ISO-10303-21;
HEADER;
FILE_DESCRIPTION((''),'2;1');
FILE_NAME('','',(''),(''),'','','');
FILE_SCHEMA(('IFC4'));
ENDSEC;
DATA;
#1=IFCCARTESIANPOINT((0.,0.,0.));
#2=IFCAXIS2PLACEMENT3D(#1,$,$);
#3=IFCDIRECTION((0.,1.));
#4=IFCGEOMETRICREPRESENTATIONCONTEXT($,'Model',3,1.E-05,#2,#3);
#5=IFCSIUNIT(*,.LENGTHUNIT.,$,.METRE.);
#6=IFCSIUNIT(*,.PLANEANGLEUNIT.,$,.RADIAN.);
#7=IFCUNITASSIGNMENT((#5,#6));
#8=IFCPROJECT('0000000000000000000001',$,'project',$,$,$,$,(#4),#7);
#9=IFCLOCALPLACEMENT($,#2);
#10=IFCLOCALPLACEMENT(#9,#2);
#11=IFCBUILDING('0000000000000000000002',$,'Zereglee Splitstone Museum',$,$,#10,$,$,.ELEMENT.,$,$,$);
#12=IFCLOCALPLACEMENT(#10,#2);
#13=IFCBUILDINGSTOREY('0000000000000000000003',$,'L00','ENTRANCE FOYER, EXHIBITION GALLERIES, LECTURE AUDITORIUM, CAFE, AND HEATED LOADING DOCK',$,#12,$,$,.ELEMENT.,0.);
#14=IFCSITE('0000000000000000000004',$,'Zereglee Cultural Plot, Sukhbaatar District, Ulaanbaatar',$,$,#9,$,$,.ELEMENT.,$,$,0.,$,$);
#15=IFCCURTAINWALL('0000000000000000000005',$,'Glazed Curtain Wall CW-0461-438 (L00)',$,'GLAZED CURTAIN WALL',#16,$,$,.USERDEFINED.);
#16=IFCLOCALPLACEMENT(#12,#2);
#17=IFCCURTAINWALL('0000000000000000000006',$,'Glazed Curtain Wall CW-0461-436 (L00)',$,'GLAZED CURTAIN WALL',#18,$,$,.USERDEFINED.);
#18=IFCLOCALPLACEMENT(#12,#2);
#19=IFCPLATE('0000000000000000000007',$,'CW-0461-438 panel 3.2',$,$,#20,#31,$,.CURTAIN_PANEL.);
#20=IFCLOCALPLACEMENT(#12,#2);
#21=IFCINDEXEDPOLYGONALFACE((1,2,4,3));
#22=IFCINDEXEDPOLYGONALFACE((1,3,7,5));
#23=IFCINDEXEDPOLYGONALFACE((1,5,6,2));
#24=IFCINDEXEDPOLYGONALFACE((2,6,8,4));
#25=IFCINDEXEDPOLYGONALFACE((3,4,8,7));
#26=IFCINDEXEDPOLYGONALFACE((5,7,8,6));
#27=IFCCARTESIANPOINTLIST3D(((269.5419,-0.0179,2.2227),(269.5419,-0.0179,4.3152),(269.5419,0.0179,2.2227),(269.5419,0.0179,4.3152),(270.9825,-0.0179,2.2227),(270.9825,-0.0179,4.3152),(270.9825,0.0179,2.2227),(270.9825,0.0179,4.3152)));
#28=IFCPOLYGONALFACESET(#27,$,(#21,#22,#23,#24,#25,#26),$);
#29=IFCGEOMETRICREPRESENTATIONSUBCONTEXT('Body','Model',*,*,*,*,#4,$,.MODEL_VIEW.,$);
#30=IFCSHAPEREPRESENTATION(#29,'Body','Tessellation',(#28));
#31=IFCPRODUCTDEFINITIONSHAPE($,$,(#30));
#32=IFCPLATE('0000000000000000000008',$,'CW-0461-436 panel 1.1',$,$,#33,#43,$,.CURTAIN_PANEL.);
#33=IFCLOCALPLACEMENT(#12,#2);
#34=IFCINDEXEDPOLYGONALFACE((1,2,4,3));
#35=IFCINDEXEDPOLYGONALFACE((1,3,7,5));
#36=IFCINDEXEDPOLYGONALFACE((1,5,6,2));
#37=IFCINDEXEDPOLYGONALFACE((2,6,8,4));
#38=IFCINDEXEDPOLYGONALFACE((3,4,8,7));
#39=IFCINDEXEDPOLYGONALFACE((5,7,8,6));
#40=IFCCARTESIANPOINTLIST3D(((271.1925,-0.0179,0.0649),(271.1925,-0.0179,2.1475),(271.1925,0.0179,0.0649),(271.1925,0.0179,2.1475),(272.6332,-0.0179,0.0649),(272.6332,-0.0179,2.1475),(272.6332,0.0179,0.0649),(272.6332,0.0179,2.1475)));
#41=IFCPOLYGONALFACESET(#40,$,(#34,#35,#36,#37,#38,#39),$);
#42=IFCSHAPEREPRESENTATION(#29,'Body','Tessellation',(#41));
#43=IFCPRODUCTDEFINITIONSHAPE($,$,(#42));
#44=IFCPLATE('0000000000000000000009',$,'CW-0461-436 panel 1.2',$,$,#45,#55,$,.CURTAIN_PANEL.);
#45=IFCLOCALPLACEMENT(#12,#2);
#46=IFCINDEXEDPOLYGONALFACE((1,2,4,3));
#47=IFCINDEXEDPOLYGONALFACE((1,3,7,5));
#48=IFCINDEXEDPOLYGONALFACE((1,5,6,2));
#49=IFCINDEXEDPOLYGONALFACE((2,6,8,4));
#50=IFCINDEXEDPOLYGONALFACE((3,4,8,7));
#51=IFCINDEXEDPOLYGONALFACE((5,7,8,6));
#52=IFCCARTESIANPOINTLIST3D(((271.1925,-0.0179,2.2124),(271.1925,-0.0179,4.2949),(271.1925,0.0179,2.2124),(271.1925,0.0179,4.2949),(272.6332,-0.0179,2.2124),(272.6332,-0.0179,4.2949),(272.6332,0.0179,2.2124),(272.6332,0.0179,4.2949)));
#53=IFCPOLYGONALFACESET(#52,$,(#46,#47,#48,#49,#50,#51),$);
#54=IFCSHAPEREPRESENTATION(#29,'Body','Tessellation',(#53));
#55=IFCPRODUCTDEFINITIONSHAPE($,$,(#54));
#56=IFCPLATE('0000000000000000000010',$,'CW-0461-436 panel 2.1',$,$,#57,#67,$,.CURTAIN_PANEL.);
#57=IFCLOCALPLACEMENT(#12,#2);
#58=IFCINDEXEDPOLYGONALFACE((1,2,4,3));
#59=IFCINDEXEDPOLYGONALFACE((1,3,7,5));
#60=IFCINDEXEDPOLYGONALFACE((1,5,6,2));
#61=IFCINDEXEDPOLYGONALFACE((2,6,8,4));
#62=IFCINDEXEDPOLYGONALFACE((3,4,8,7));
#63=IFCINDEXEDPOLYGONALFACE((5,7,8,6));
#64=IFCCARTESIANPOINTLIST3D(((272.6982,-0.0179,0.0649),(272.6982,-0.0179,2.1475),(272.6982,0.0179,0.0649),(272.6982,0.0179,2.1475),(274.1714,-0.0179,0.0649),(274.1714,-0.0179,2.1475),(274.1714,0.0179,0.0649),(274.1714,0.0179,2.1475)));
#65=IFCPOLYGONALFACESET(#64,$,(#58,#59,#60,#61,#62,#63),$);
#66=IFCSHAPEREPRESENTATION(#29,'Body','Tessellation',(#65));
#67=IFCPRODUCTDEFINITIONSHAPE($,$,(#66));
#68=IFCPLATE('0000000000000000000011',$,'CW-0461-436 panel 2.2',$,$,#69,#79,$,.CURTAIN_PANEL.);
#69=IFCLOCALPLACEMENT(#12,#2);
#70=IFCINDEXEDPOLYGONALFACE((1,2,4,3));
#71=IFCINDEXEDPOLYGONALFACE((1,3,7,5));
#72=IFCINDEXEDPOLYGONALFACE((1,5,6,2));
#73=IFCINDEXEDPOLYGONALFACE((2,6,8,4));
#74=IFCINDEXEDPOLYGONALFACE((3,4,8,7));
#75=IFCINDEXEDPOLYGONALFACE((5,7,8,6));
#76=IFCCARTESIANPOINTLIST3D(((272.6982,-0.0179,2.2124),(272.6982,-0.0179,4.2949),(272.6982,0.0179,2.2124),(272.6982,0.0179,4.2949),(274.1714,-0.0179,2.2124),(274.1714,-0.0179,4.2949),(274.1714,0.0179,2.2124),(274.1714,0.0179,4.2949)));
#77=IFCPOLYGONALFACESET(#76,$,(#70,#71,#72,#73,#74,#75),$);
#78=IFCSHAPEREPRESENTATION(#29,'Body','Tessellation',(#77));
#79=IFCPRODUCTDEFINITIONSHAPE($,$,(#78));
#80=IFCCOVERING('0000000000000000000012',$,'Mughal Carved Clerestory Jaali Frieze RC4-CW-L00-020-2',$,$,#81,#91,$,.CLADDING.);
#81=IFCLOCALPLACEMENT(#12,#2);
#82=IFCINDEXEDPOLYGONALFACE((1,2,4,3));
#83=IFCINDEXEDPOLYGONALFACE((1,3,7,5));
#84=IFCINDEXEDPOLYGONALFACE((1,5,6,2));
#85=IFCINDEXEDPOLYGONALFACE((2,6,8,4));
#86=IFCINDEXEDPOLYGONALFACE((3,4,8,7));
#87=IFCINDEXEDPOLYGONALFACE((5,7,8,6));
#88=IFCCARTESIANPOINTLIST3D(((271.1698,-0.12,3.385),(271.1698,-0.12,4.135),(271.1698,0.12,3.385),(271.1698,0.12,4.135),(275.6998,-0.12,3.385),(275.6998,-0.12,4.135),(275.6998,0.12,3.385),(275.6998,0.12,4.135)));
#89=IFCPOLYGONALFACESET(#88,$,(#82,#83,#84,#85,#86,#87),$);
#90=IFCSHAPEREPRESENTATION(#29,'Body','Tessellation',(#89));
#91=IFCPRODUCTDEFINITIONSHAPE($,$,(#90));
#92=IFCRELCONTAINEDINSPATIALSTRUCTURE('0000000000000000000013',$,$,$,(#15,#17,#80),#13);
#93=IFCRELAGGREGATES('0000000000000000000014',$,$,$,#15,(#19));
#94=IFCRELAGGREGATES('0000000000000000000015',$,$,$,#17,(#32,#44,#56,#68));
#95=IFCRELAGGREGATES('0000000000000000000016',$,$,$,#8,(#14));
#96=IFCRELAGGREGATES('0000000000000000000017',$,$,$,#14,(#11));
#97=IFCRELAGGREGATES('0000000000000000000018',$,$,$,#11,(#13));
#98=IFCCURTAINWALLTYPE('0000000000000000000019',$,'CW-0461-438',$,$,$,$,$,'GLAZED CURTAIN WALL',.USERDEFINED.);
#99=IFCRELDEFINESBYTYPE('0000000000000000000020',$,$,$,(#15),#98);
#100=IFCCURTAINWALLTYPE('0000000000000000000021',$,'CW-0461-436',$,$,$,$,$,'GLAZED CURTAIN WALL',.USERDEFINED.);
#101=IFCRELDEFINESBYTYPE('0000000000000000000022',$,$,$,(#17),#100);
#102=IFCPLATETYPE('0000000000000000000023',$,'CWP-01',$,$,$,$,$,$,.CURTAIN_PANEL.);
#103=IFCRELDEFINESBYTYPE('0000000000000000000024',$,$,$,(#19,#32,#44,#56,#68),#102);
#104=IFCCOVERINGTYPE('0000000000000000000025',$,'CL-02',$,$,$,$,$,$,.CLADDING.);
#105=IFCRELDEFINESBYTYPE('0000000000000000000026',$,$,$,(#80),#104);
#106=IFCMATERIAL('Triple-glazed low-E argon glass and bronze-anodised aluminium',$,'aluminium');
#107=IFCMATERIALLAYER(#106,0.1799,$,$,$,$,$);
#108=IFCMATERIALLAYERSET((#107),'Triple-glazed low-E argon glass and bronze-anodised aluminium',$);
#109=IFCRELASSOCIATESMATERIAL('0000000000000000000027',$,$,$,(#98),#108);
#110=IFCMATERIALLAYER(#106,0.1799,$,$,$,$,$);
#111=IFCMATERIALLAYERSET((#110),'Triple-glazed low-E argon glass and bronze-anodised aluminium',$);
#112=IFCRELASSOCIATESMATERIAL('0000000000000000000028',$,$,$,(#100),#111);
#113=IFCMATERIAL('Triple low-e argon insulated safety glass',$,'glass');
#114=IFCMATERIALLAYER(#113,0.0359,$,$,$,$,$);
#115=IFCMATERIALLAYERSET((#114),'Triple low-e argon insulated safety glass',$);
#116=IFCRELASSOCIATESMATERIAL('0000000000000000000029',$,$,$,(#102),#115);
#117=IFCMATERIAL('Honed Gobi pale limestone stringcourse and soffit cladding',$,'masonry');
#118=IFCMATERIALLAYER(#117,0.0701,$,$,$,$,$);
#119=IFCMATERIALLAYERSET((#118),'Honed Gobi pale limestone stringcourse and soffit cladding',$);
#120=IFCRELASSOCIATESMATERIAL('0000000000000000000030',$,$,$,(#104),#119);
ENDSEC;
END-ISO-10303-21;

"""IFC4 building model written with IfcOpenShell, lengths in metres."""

from ifc_helpers import new_model, si_unit, direction, frame, origin, origin_2d, place, context, subcontext, project, spatial, rectangle, extrude, material, layer, layer_set, type_object, element, aggregate, save


model = new_model("IFC4")

# Units and contexts
model_context = context("Model", 3, precision=1e-05, world=origin(), true_north=direction((0.0, 1.0)))
body_context = subcontext(model_context, "Body", "Model", "MODEL_VIEW")
ifc_project = project(units=[si_unit("LENGTHUNIT", "METRE"), si_unit("PLANEANGLEUNIT", "RADIAN")], contexts=[model_context])

# Site, building, storey
site_placement = place(None, origin())
site = spatial("IfcSite", under=ifc_project, at=site_placement, Name="Zereglee Cultural Plot, Sukhbaatar District, Ulaanbaatar", CompositionType="ELEMENT", RefElevation=0.0)
building_placement = place(site_placement, origin())
building = spatial("IfcBuilding", under=site, at=building_placement, Name="Zereglee Splitstone Museum", CompositionType="ELEMENT")
storey_placement = place(building_placement, origin())
storey = spatial("IfcBuildingStorey", under=building, at=storey_placement, Name="L00", Description="ENTRANCE FOYER, EXHIBITION GALLERIES, LECTURE AUDITORIUM, CAFE, AND HEATED LOADING DOCK", CompositionType="ELEMENT", Elevation=0.0)

# Curtain walls
ifc_material_1 = material(Name="Triple-glazed low-E argon glass and bronze-anodised aluminium", Category="aluminium")
ifc_layer_1 = layer(ifc_material_1, 0.1799)
ifc_layer_set_1 = layer_set([ifc_layer_1], Name="Triple-glazed low-E argon glass and bronze-anodised aluminium")
curtain_wall_type_1 = type_object("IfcCurtainWallType", Name="CW-0461-438", ElementType="GLAZED CURTAIN WALL", PredefinedType="USERDEFINED", material=ifc_layer_set_1)
curtain_wall_1_placement = place(storey_placement, origin())
curtain_wall_1 = element("IfcCurtainWall", 1, at=curtain_wall_1_placement, inside=storey, type_object=curtain_wall_type_1, Name="Glazed Curtain Wall CW-0461-438 (L00)", ObjectType="GLAZED CURTAIN WALL", PredefinedType="USERDEFINED")
ifc_layer_2 = layer(ifc_material_1, 0.1799)
ifc_layer_set_2 = layer_set([ifc_layer_2], Name="Triple-glazed low-E argon glass and bronze-anodised aluminium")
curtain_wall_type_2 = type_object("IfcCurtainWallType", Name="CW-0461-436", ElementType="GLAZED CURTAIN WALL", PredefinedType="USERDEFINED", material=ifc_layer_set_2)
curtain_wall_2_placement = place(storey_placement, origin())
curtain_wall_2 = element("IfcCurtainWall", 2, at=curtain_wall_2_placement, inside=storey, type_object=curtain_wall_type_2, Name="Glazed Curtain Wall CW-0461-436 (L00)", ObjectType="GLAZED CURTAIN WALL", PredefinedType="USERDEFINED")

# Plates
ifc_material_2 = material(Name="Triple low-e argon insulated safety glass", Category="glass")
ifc_layer_3 = layer(ifc_material_2, 0.0359)
ifc_layer_set_3 = layer_set([ifc_layer_3], Name="Triple low-e argon insulated safety glass")
plate_type = type_object("IfcPlateType", Name="CWP-01", PredefinedType="CURTAIN_PANEL", material=ifc_layer_set_3)
plate_1_placement = place(storey_placement, frame((270.2622, 0.0, 2.2227), z_axis=(0.0, 0.0, 1.0), x_axis=(1.0, 0.0, 0.0)))
plate_1 = element("IfcPlate", 3, at=plate_1_placement, type_object=plate_type, Name="CW-0461-438 panel 3.2", PredefinedType="CURTAIN_PANEL", context=body_context, shape_type="SweptSolid", body=[
    extrude(rectangle(XDim=1.4407, YDim=0.0359, at=origin_2d()), origin(), (0.0, 0.0, 1.0), 2.0925),
])
aggregate(curtain_wall_1, [plate_1])
plate_2_placement = place(storey_placement, frame((271.9128, 0.0, 0.0649), z_axis=(0.0, 0.0, 1.0), x_axis=(1.0, 0.0, 0.0)))
plate_2 = element("IfcPlate", 4, at=plate_2_placement, type_object=plate_type, Name="CW-0461-436 panel 1.1", PredefinedType="CURTAIN_PANEL", context=body_context, shape_type="SweptSolid", body=[
    extrude(rectangle(XDim=1.4407, YDim=0.0359, at=origin_2d()), origin(), (0.0, 0.0, 1.0), 2.0825),
])
plate_3_placement = place(storey_placement, frame((271.9128, 0.0, 2.2124), z_axis=(0.0, 0.0, 1.0), x_axis=(1.0, 0.0, 0.0)))
plate_3 = element("IfcPlate", 5, at=plate_3_placement, type_object=plate_type, Name="CW-0461-436 panel 1.2", PredefinedType="CURTAIN_PANEL", context=body_context, shape_type="SweptSolid", body=[
    extrude(rectangle(XDim=1.4407, YDim=0.0359, at=origin_2d()), origin(), (0.0, 0.0, 1.0), 2.0825),
])
plate_4_placement = place(storey_placement, frame((273.4348, 0.0, 0.0649), z_axis=(0.0, 0.0, 1.0), x_axis=(1.0, 0.0, 0.0)))
plate_4 = element("IfcPlate", 6, at=plate_4_placement, type_object=plate_type, Name="CW-0461-436 panel 2.1", PredefinedType="CURTAIN_PANEL", context=body_context, shape_type="SweptSolid", body=[
    extrude(rectangle(XDim=1.4731, YDim=0.0359, at=origin_2d()), origin(), (0.0, 0.0, 1.0), 2.0825),
])
plate_5_placement = place(storey_placement, frame((273.4348, 0.0, 2.2124), z_axis=(0.0, 0.0, 1.0), x_axis=(1.0, 0.0, 0.0)))
plate_5 = element("IfcPlate", 7, at=plate_5_placement, type_object=plate_type, Name="CW-0461-436 panel 2.2", PredefinedType="CURTAIN_PANEL", context=body_context, shape_type="SweptSolid", body=[
    extrude(rectangle(XDim=1.4731, YDim=0.0359, at=origin_2d()), origin(), (0.0, 0.0, 1.0), 2.0825),
])
aggregate(curtain_wall_2, [plate_2, plate_3, plate_4, plate_5])

# Covering
ifc_material_3 = material(Name="Honed Gobi pale limestone stringcourse and soffit cladding", Category="masonry")
ifc_layer_4 = layer(ifc_material_3, 0.0701)
ifc_layer_set_4 = layer_set([ifc_layer_4], Name="Honed Gobi pale limestone stringcourse and soffit cladding")
covering_type = type_object("IfcCoveringType", Name="CL-02", PredefinedType="CLADDING", material=ifc_layer_set_4)
covering_placement = place(storey_placement, frame((273.4348, 0.0, 3.385), z_axis=(0.0, 0.0, 1.0), x_axis=(1.0, 0.0, 0.0)))
element("IfcCovering", 8, at=covering_placement, inside=storey, type_object=covering_type, Name="Mughal Carved Clerestory Jaali Frieze RC4-CW-L00-020-2", PredefinedType="CLADDING", context=body_context, shape_type="SweptSolid", body=[
    extrude(rectangle(XDim=4.53, YDim=0.24, at=origin_2d()), origin(), (0.0, 0.0, 1.0), 0.75),
])

save(model, "model.ifc")
